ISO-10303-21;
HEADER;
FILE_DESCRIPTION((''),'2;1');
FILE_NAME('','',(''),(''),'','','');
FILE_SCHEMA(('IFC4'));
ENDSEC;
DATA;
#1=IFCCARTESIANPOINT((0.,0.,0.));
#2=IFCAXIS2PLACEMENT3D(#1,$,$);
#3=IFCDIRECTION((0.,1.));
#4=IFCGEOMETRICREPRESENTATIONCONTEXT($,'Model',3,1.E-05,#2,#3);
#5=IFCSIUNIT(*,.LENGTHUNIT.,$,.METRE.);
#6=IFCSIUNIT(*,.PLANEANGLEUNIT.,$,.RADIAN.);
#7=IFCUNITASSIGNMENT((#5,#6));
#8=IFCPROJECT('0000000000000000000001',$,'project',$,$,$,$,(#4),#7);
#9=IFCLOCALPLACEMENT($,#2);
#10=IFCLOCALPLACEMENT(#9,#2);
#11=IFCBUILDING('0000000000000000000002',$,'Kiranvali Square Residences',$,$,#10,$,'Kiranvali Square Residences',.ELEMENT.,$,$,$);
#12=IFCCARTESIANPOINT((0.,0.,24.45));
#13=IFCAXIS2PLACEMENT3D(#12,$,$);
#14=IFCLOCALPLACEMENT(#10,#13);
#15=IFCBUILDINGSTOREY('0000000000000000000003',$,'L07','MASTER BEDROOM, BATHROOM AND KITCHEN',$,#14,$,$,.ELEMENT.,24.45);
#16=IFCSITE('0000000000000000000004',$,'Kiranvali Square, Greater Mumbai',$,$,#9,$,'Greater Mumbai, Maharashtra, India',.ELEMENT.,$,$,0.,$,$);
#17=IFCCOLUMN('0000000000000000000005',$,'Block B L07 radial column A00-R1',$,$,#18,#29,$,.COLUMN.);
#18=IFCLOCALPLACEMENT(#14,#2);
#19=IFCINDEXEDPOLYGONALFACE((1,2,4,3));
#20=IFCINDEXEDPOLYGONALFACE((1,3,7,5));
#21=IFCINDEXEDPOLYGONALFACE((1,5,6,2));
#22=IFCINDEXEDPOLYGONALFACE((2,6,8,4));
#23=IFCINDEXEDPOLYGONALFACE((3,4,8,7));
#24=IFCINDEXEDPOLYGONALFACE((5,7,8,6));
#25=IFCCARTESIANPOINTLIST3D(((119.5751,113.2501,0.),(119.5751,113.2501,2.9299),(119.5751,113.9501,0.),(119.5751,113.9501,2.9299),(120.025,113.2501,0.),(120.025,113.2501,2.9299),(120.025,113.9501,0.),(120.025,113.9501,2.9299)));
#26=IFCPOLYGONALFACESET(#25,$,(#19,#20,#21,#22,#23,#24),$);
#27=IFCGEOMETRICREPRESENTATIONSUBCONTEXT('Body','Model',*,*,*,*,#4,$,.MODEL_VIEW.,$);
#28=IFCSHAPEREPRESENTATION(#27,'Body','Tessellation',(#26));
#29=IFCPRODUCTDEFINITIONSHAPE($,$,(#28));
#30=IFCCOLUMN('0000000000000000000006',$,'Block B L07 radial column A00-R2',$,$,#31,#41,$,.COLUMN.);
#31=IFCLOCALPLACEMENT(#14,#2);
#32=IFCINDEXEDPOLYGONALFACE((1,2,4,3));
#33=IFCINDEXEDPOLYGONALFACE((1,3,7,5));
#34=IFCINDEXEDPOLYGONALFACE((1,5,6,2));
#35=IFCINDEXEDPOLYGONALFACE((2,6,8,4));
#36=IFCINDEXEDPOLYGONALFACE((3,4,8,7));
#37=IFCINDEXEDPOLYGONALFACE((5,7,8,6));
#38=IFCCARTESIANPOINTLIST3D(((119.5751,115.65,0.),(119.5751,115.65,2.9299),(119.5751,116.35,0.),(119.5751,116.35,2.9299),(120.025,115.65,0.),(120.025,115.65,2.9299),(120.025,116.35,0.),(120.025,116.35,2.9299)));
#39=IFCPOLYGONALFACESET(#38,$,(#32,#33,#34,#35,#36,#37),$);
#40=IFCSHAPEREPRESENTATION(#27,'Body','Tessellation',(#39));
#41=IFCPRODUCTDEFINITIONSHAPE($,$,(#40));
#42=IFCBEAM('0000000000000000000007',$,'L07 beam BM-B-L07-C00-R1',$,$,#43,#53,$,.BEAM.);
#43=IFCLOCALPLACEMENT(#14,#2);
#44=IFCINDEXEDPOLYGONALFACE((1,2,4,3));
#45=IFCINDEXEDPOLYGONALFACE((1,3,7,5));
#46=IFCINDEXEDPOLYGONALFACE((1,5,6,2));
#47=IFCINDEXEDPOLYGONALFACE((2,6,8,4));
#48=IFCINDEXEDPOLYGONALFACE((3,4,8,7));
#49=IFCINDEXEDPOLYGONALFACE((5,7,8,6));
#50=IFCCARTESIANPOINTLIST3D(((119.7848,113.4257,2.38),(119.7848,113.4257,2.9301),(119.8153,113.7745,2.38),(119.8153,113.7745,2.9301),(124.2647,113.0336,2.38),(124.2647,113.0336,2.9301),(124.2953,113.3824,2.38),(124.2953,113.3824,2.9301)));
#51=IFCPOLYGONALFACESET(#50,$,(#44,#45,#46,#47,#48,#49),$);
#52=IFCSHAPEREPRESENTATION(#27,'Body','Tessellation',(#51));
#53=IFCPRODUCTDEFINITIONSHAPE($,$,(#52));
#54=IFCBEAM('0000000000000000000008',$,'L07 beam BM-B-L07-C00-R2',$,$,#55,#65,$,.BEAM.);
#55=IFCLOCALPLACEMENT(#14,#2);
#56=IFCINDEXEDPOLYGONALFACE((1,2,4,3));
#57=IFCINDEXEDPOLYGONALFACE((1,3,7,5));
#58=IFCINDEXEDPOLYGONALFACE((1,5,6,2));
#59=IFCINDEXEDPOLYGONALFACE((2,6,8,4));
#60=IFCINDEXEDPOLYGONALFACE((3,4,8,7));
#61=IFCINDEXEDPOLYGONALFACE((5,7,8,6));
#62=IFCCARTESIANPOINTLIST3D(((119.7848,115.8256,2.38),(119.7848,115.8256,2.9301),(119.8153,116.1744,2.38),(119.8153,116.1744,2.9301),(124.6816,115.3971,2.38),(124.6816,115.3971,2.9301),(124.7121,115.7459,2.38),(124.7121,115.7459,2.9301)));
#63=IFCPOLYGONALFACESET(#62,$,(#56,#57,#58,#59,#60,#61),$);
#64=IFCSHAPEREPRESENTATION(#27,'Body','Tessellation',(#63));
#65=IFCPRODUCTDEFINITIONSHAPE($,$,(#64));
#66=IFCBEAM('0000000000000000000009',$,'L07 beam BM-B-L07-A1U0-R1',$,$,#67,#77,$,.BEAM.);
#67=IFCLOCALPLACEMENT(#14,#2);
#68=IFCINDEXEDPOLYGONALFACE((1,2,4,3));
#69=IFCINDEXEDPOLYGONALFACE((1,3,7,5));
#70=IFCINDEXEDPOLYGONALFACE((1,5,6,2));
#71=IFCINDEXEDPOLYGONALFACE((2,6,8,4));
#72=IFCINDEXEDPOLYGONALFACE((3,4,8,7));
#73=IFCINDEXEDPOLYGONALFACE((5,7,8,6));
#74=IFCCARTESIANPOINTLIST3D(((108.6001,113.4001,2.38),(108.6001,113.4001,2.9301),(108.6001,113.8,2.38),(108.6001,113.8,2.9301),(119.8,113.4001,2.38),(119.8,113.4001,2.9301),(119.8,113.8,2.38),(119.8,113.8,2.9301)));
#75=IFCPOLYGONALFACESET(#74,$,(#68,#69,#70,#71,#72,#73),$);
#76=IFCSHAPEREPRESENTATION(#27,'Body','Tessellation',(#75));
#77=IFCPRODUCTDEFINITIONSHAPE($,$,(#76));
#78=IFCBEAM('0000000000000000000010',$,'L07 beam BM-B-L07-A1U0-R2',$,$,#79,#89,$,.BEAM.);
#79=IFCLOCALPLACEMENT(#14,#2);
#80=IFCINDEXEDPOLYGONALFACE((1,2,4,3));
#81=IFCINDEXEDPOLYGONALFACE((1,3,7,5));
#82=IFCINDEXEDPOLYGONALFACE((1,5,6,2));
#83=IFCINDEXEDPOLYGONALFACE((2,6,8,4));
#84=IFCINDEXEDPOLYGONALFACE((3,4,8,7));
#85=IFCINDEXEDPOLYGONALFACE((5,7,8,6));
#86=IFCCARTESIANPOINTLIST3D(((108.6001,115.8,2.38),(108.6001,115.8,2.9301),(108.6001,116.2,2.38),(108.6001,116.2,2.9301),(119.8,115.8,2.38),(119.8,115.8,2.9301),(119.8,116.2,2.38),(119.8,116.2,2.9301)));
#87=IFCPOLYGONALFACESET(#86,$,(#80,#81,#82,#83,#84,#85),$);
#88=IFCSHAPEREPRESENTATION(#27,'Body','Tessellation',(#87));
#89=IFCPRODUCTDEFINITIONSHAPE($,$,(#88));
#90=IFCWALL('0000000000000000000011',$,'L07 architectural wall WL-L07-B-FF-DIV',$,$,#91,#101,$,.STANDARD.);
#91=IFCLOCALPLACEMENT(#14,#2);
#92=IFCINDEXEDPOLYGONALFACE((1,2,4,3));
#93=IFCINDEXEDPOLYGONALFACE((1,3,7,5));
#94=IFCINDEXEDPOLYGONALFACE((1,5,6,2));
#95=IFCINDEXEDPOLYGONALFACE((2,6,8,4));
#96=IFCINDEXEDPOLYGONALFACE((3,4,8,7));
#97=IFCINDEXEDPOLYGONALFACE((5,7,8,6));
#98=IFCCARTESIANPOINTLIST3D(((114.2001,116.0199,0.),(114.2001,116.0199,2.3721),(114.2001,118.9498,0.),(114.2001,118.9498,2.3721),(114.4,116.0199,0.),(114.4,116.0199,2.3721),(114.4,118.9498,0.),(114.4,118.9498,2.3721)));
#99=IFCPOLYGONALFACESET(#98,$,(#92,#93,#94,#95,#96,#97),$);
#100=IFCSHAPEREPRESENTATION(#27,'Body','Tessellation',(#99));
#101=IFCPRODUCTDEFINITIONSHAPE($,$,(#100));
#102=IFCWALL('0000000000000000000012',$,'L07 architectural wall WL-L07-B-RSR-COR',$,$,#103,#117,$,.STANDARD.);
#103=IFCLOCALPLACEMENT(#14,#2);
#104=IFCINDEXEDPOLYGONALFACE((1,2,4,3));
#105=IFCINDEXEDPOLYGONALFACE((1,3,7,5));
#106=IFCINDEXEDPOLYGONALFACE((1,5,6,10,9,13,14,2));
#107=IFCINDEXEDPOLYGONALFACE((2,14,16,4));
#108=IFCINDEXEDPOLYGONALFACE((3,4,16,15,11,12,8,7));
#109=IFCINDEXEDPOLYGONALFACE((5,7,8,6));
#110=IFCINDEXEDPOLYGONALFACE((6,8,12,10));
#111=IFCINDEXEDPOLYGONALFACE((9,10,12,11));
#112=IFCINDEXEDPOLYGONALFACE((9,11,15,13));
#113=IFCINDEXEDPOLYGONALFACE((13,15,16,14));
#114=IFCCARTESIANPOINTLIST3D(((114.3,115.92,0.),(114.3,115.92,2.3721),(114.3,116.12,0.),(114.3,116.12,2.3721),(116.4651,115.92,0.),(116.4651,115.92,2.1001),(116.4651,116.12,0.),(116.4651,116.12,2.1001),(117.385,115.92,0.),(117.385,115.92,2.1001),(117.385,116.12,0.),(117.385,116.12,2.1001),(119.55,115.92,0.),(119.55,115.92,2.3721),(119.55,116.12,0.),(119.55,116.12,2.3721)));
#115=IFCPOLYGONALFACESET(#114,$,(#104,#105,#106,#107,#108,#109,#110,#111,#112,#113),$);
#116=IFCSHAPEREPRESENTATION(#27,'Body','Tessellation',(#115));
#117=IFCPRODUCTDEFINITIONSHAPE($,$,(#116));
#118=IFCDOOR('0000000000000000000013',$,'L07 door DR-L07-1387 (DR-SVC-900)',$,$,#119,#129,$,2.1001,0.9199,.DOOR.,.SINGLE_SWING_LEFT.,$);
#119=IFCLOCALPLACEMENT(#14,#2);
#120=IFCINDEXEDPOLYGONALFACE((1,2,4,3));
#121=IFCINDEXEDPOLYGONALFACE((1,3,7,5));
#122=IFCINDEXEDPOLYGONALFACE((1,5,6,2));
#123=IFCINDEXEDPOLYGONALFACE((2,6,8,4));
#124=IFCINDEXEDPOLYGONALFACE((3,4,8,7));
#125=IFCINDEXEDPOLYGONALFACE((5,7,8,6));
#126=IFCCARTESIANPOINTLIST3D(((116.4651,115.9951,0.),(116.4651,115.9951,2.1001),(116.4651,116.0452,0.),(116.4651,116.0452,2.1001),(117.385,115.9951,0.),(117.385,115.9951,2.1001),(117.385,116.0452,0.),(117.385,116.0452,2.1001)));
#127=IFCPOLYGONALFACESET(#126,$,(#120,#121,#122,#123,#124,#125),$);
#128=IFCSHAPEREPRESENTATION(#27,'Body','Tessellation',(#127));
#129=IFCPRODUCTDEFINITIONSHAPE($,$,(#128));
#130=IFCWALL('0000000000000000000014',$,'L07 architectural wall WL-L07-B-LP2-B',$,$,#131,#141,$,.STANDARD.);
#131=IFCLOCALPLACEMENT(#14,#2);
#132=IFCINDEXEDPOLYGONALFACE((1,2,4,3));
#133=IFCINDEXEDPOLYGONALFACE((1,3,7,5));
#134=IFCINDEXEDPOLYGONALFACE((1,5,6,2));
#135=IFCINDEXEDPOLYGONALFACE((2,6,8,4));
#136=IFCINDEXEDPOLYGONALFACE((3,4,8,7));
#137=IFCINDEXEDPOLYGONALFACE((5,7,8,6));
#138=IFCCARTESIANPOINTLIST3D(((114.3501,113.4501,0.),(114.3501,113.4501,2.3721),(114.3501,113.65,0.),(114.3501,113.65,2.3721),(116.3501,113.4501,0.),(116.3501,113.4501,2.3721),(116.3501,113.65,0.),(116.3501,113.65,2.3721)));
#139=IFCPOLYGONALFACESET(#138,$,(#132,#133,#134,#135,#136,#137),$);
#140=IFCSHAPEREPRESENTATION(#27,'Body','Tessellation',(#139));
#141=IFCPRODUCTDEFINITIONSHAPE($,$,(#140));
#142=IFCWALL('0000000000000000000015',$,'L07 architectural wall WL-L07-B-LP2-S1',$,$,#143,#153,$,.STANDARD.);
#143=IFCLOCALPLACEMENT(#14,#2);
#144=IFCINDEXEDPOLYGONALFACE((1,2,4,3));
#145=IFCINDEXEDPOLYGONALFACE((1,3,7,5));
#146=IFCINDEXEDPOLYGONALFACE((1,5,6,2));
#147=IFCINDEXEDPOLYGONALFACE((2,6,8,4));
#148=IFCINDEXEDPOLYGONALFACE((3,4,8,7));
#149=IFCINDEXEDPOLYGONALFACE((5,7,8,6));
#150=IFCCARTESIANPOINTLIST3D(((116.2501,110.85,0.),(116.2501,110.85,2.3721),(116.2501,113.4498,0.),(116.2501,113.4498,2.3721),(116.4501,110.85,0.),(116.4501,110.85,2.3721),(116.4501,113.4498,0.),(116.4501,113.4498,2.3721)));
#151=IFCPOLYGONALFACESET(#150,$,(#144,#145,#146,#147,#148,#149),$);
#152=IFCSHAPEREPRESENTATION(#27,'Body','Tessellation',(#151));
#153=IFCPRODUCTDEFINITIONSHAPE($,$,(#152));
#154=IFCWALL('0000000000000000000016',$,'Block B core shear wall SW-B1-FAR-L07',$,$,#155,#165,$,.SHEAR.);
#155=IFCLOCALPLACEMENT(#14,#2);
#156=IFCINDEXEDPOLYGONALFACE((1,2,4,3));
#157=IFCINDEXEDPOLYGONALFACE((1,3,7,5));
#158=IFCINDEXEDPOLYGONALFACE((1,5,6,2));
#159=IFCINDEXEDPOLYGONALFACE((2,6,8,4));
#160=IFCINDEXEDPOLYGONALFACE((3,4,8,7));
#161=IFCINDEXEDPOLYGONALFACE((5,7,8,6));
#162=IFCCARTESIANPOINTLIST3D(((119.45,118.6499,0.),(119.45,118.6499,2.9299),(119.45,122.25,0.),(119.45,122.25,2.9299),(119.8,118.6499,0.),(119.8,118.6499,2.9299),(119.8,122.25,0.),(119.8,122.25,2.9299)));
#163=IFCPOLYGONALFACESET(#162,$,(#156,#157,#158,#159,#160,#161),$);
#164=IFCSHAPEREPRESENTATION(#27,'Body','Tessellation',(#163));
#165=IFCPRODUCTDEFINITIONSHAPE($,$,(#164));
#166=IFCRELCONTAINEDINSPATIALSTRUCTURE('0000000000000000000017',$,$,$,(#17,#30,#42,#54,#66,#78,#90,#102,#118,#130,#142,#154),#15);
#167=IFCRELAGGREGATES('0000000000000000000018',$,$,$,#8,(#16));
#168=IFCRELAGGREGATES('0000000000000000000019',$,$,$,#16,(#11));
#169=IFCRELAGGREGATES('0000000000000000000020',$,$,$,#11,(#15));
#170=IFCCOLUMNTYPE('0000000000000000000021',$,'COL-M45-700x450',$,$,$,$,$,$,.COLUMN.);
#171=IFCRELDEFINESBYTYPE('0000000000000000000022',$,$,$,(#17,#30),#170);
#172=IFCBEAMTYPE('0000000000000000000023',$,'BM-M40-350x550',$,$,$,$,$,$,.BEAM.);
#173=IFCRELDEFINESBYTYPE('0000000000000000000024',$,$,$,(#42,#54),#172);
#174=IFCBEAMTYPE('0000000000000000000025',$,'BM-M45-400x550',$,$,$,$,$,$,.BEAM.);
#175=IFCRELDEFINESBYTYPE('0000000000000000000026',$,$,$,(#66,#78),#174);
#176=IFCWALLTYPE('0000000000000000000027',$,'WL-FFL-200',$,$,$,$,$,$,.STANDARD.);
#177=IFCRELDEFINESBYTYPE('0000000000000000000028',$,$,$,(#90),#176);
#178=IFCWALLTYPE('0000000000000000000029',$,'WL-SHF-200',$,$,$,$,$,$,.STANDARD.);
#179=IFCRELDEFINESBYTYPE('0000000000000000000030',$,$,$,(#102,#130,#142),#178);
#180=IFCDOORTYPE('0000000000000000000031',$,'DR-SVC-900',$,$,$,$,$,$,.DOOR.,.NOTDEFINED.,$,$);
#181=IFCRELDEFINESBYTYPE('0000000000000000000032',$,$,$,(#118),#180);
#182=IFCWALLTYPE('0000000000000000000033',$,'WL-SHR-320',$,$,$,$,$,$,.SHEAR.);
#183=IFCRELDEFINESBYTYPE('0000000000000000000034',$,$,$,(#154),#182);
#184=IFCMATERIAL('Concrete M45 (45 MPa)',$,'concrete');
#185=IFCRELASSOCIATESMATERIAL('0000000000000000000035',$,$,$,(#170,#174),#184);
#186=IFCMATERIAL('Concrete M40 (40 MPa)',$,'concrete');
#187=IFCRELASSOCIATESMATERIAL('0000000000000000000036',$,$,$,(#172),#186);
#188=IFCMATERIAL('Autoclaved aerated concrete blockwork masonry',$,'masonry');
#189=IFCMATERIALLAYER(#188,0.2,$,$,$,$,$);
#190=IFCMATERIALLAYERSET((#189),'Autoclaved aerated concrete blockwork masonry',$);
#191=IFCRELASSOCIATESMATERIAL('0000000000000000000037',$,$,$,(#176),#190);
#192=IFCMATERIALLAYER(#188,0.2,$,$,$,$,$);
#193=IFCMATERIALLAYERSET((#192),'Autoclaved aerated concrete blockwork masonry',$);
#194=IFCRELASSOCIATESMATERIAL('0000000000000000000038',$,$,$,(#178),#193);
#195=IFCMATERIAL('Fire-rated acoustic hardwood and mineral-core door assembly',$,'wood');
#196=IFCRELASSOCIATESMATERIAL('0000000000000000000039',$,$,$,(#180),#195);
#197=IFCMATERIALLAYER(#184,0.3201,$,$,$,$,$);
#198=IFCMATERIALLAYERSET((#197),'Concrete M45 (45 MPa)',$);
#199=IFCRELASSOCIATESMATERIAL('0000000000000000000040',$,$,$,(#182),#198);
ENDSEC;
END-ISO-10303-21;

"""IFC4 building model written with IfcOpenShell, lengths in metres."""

from ifc_helpers import new_model, si_unit, direction, frame, frame_2d, origin, origin_2d, place, context, subcontext, project, spatial, rectangle, extrude, material, layer, layer_set, material_profile, profile_set, type_object, element, fill, save


model = new_model("IFC4")

# Units and contexts
model_context = context("Model", 3, precision=1e-05, world=origin(), true_north=direction((0.0, 1.0)))
body_context = subcontext(model_context, "Body", "Model", "MODEL_VIEW")
ifc_project = project(units=[si_unit("LENGTHUNIT", "METRE"), si_unit("PLANEANGLEUNIT", "RADIAN")], contexts=[model_context])

# Site, building, storey
site_placement = place(None, origin())
site = spatial("IfcSite", under=ifc_project, at=site_placement, Name="Kiranvali Square, Greater Mumbai", LongName="Greater Mumbai, Maharashtra, India", CompositionType="ELEMENT", RefElevation=0.0)
building_placement = place(site_placement, origin())
building = spatial("IfcBuilding", under=site, at=building_placement, Name="Kiranvali Square Residences", LongName="Kiranvali Square Residences", CompositionType="ELEMENT")
storey_placement = place(building_placement, frame((0.0, 0.0, 24.45)))
storey = spatial("IfcBuildingStorey", under=building, at=storey_placement, Name="L07", Description="MASTER BEDROOM, BATHROOM AND KITCHEN", CompositionType="ELEMENT", Elevation=24.45)

# Columns
ifc_material_1 = material(Name="Concrete M45 (45 MPa)", Category="concrete")
ifc_material_profile_1 = material_profile(ifc_material_1, rectangle(XDim=0.45, YDim=0.7, at=origin_2d()), Name="RC 700x450")
ifc_profile_set_1 = profile_set([ifc_material_profile_1], Name="Concrete M45 (45 MPa)")
column_type = type_object("IfcColumnType", Name="COL-M45-700x450", PredefinedType="COLUMN", material=ifc_profile_set_1)
for number, where, z_axis, x_axis, name in (
    (1, (119.8, 113.6001, 0.0), (0.0, 0.0, 1.0), (1.0, 0.0, 0.0), "Block B L07 radial column A00-R1"),
    (2, (119.8, 116.0, 0.0), (0.0, 0.0, 1.0), (1.0, 0.0, 0.0), "Block B L07 radial column A00-R2"),
):
    element("IfcColumn", number, at=place(storey_placement, frame(where, z_axis=z_axis, x_axis=x_axis)), inside=storey, type_object=column_type, Name=name, PredefinedType="COLUMN", context=body_context, shape_type="SweptSolid", body=[
        extrude(rectangle(XDim=0.45, YDim=0.7, at=origin_2d()), origin(), (0.0, 0.0, 1.0), 2.9299),
    ])

# Beams
ifc_material_2 = material(Name="Concrete M40 (40 MPa)", Category="concrete")
ifc_material_profile_2 = material_profile(ifc_material_2, rectangle(XDim=0.3501, YDim=0.55, at=origin_2d()), Name="RC 350x550")
ifc_profile_set_2 = profile_set([ifc_material_profile_2], Name="Concrete M40 (40 MPa)")
beam_type_1 = type_object("IfcBeamType", Name="BM-M40-350x550", PredefinedType="BEAM", material=ifc_profile_set_2)
beam_1_placement = place(storey_placement, frame((119.8, 113.6001, 2.655), z_axis=(0.996192, -0.087187, 0.0), x_axis=(0.087187, 0.996192, 0.0)))
element("IfcBeam", 3, at=beam_1_placement, inside=storey, type_object=beam_type_1, Name="L07 beam BM-B-L07-C00-R1", PredefinedType="BEAM", context=body_context, shape_type="SweptSolid", body=[
    extrude(rectangle(XDim=0.3501, YDim=0.55, at=origin_2d()), origin(), (0.0, 0.0, 1.0), 4.4971),
])
beam_2_placement = place(storey_placement, frame((119.8, 116.0, 2.655), z_axis=(0.996194, -0.087168, 0.0), x_axis=(0.087168, 0.996194, 0.0)))
element("IfcBeam", 4, at=beam_2_placement, inside=storey, type_object=beam_type_1, Name="L07 beam BM-B-L07-C00-R2", PredefinedType="BEAM", context=body_context, shape_type="SweptSolid", body=[
    extrude(rectangle(XDim=0.3501, YDim=0.55, at=origin_2d()), origin(), (0.0, 0.0, 1.0), 4.9155),
])
ifc_material_profile_3 = material_profile(ifc_material_1, rectangle(XDim=0.3999, YDim=0.55, at=origin_2d()), Name="RC 400x550")
ifc_profile_set_3 = profile_set([ifc_material_profile_3], Name="Concrete M45 (45 MPa)")
beam_type_2 = type_object("IfcBeamType", Name="BM-M45-400x550", PredefinedType="BEAM", material=ifc_profile_set_3)
for number, where, z_axis, x_axis, name in (
    (5, (119.8, 113.6001, 2.655), (-1.0, 0.0, 0.0), (0.0, -1.0, 0.0), "L07 beam BM-B-L07-A1U0-R1"),
    (6, (119.8, 116.0, 2.655), (-1.0, 0.0, 0.0), (0.0, -1.0, 0.0), "L07 beam BM-B-L07-A1U0-R2"),
):
    element("IfcBeam", number, at=place(storey_placement, frame(where, z_axis=z_axis, x_axis=x_axis)), inside=storey, type_object=beam_type_2, Name=name, PredefinedType="BEAM", context=body_context, shape_type="SweptSolid", body=[
        extrude(rectangle(XDim=0.3999, YDim=0.55, at=origin_2d()), origin(), (0.0, 0.0, 1.0), 11.2),
    ])

# Shared definitions
ifc_material_3 = material(Name="Autoclaved aerated concrete blockwork masonry", Category="masonry")
ifc_material_4 = material(Name="Fire-rated acoustic hardwood and mineral-core door assembly", Category="wood")
ifc_layer_1 = layer(ifc_material_3, 0.2)
ifc_layer_set_1 = layer_set([ifc_layer_1], Name="Autoclaved aerated concrete blockwork masonry")
wall_type_1 = type_object("IfcWallType", Name="WL-FFL-200", PredefinedType="STANDARD", material=ifc_layer_set_1)

# Wall
wall_1_placement = place(storey_placement, frame((114.3, 116.02, 0.0), z_axis=(0.0, 0.0, 1.0), x_axis=(0.0, 1.0, 0.0)))
element("IfcWall", 7, at=wall_1_placement, inside=storey, type_object=wall_type_1, Name="L07 architectural wall WL-L07-B-FF-DIV", PredefinedType="STANDARD", context=body_context, shape_type="SweptSolid", body=[
    extrude(rectangle(XDim=2.9299, YDim=0.2, at=frame_2d((1.4648, 0.0))), origin(), (0.0, 0.0, 1.0), 2.3721),
])

# Wall, opening, door
ifc_layer_2 = layer(ifc_material_3, 0.2)
ifc_layer_set_2 = layer_set([ifc_layer_2], Name="Autoclaved aerated concrete blockwork masonry")
wall_type_2 = type_object("IfcWallType", Name="WL-SHF-200", PredefinedType="STANDARD", material=ifc_layer_set_2)
wall_2_placement = place(storey_placement, frame((119.55, 116.02, 0.0), z_axis=(0.0, 0.0, 1.0), x_axis=(-1.0, 0.0, 0.0)))
wall_2 = element("IfcWall", 8, at=wall_2_placement, inside=storey, type_object=wall_type_2, Name="L07 architectural wall WL-L07-B-RSR-COR", PredefinedType="STANDARD", context=body_context, shape_type="SweptSolid", body=[
    extrude(rectangle(XDim=5.25, YDim=0.2, at=frame_2d((2.625, 0.0))), origin(), (0.0, 0.0, 1.0), 2.3721),
])
opening_1_placement = place(wall_2_placement, frame((2.165, 0.0, 0.0)))
opening_1 = element("IfcOpeningElement", 9, at=opening_1_placement, cuts=wall_2, PredefinedType="OPENING", context=body_context, shape_type="SweptSolid", body=[
    extrude(rectangle(XDim=0.9199, YDim=2.1001, at=frame_2d((0.46, 1.05))), frame((0.0, 0.1099, 0.0), z_axis=(0.0, -1.0, 0.0), x_axis=(1.0, 0.0, 0.0)), (0.0, 0.0, 1.0), 0.22),
])
door_type_1 = type_object("IfcDoorType", Name="DR-SVC-900", OperationType="NOTDEFINED", PredefinedType="DOOR", material=ifc_material_4)
door_1_placement = place(opening_1_placement, origin())
door_1 = element("IfcDoor", 10, at=door_1_placement, inside=storey, type_object=door_type_1, Name="L07 door DR-L07-1387 (DR-SVC-900)", OperationType="SINGLE_SWING_LEFT", OverallHeight=2.1001, OverallWidth=0.9199, PredefinedType="DOOR", context=body_context, shape_type="SweptSolid", body=[
    extrude(rectangle(XDim=0.9199, YDim=2.1001, at=frame_2d((0.46, 1.05))), frame((0.0, 0.0249, 0.0), z_axis=(0.0, -1.0, 0.0), x_axis=(1.0, 0.0, 0.0)), (0.0, 0.0, 1.0), 0.05),
])
fill(opening_1, door_1)

# Walls
wall_3_placement = place(storey_placement, frame((116.3501, 113.55, 0.0), z_axis=(0.0, 0.0, 1.0), x_axis=(-1.0, 0.0, 0.0)))
element("IfcWall", 11, at=wall_3_placement, inside=storey, type_object=wall_type_2, Name="L07 architectural wall WL-L07-B-LP2-B", PredefinedType="STANDARD", context=body_context, shape_type="SweptSolid", body=[
    extrude(rectangle(XDim=2.0, YDim=0.2, at=frame_2d((1.0, 0.0))), origin(), (0.0, 0.0, 1.0), 2.3721),
])
wall_4_placement = place(storey_placement, frame((116.3501, 110.8501, 0.0), z_axis=(0.0, 0.0, 1.0), x_axis=(0.0, 1.0, 0.0)))
element("IfcWall", 12, at=wall_4_placement, inside=storey, type_object=wall_type_2, Name="L07 architectural wall WL-L07-B-LP2-S1", PredefinedType="STANDARD", context=body_context, shape_type="SweptSolid", body=[
    extrude(rectangle(XDim=2.5999, YDim=0.2, at=frame_2d((1.2998, 0.0))), origin(), (0.0, 0.0, 1.0), 2.3721),
])

# Shared definitions
ifc_layer_3 = layer(ifc_material_1, 0.3201)
ifc_layer_set_3 = layer_set([ifc_layer_3], Name="Concrete M45 (45 MPa)")
wall_type_3 = type_object("IfcWallType", Name="WL-SHR-320", PredefinedType="SHEAR", material=ifc_layer_set_3)

# Wall
wall_5_placement = place(storey_placement, frame((119.625, 118.6499, 0.0), z_axis=(0.0, 0.0, 1.0), x_axis=(0.0, 1.0, 0.0)))
element("IfcWall", 13, at=wall_5_placement, inside=storey, type_object=wall_type_3, Name="Block B core shear wall SW-B1-FAR-L07", PredefinedType="SHEAR", context=body_context, shape_type="SweptSolid", body=[
    extrude(rectangle(XDim=3.6001, YDim=0.3501, at=frame_2d((1.8, 0.0))), origin(), (0.0, 0.0, 1.0), 2.9299),
])

save(model, "model.ifc")
